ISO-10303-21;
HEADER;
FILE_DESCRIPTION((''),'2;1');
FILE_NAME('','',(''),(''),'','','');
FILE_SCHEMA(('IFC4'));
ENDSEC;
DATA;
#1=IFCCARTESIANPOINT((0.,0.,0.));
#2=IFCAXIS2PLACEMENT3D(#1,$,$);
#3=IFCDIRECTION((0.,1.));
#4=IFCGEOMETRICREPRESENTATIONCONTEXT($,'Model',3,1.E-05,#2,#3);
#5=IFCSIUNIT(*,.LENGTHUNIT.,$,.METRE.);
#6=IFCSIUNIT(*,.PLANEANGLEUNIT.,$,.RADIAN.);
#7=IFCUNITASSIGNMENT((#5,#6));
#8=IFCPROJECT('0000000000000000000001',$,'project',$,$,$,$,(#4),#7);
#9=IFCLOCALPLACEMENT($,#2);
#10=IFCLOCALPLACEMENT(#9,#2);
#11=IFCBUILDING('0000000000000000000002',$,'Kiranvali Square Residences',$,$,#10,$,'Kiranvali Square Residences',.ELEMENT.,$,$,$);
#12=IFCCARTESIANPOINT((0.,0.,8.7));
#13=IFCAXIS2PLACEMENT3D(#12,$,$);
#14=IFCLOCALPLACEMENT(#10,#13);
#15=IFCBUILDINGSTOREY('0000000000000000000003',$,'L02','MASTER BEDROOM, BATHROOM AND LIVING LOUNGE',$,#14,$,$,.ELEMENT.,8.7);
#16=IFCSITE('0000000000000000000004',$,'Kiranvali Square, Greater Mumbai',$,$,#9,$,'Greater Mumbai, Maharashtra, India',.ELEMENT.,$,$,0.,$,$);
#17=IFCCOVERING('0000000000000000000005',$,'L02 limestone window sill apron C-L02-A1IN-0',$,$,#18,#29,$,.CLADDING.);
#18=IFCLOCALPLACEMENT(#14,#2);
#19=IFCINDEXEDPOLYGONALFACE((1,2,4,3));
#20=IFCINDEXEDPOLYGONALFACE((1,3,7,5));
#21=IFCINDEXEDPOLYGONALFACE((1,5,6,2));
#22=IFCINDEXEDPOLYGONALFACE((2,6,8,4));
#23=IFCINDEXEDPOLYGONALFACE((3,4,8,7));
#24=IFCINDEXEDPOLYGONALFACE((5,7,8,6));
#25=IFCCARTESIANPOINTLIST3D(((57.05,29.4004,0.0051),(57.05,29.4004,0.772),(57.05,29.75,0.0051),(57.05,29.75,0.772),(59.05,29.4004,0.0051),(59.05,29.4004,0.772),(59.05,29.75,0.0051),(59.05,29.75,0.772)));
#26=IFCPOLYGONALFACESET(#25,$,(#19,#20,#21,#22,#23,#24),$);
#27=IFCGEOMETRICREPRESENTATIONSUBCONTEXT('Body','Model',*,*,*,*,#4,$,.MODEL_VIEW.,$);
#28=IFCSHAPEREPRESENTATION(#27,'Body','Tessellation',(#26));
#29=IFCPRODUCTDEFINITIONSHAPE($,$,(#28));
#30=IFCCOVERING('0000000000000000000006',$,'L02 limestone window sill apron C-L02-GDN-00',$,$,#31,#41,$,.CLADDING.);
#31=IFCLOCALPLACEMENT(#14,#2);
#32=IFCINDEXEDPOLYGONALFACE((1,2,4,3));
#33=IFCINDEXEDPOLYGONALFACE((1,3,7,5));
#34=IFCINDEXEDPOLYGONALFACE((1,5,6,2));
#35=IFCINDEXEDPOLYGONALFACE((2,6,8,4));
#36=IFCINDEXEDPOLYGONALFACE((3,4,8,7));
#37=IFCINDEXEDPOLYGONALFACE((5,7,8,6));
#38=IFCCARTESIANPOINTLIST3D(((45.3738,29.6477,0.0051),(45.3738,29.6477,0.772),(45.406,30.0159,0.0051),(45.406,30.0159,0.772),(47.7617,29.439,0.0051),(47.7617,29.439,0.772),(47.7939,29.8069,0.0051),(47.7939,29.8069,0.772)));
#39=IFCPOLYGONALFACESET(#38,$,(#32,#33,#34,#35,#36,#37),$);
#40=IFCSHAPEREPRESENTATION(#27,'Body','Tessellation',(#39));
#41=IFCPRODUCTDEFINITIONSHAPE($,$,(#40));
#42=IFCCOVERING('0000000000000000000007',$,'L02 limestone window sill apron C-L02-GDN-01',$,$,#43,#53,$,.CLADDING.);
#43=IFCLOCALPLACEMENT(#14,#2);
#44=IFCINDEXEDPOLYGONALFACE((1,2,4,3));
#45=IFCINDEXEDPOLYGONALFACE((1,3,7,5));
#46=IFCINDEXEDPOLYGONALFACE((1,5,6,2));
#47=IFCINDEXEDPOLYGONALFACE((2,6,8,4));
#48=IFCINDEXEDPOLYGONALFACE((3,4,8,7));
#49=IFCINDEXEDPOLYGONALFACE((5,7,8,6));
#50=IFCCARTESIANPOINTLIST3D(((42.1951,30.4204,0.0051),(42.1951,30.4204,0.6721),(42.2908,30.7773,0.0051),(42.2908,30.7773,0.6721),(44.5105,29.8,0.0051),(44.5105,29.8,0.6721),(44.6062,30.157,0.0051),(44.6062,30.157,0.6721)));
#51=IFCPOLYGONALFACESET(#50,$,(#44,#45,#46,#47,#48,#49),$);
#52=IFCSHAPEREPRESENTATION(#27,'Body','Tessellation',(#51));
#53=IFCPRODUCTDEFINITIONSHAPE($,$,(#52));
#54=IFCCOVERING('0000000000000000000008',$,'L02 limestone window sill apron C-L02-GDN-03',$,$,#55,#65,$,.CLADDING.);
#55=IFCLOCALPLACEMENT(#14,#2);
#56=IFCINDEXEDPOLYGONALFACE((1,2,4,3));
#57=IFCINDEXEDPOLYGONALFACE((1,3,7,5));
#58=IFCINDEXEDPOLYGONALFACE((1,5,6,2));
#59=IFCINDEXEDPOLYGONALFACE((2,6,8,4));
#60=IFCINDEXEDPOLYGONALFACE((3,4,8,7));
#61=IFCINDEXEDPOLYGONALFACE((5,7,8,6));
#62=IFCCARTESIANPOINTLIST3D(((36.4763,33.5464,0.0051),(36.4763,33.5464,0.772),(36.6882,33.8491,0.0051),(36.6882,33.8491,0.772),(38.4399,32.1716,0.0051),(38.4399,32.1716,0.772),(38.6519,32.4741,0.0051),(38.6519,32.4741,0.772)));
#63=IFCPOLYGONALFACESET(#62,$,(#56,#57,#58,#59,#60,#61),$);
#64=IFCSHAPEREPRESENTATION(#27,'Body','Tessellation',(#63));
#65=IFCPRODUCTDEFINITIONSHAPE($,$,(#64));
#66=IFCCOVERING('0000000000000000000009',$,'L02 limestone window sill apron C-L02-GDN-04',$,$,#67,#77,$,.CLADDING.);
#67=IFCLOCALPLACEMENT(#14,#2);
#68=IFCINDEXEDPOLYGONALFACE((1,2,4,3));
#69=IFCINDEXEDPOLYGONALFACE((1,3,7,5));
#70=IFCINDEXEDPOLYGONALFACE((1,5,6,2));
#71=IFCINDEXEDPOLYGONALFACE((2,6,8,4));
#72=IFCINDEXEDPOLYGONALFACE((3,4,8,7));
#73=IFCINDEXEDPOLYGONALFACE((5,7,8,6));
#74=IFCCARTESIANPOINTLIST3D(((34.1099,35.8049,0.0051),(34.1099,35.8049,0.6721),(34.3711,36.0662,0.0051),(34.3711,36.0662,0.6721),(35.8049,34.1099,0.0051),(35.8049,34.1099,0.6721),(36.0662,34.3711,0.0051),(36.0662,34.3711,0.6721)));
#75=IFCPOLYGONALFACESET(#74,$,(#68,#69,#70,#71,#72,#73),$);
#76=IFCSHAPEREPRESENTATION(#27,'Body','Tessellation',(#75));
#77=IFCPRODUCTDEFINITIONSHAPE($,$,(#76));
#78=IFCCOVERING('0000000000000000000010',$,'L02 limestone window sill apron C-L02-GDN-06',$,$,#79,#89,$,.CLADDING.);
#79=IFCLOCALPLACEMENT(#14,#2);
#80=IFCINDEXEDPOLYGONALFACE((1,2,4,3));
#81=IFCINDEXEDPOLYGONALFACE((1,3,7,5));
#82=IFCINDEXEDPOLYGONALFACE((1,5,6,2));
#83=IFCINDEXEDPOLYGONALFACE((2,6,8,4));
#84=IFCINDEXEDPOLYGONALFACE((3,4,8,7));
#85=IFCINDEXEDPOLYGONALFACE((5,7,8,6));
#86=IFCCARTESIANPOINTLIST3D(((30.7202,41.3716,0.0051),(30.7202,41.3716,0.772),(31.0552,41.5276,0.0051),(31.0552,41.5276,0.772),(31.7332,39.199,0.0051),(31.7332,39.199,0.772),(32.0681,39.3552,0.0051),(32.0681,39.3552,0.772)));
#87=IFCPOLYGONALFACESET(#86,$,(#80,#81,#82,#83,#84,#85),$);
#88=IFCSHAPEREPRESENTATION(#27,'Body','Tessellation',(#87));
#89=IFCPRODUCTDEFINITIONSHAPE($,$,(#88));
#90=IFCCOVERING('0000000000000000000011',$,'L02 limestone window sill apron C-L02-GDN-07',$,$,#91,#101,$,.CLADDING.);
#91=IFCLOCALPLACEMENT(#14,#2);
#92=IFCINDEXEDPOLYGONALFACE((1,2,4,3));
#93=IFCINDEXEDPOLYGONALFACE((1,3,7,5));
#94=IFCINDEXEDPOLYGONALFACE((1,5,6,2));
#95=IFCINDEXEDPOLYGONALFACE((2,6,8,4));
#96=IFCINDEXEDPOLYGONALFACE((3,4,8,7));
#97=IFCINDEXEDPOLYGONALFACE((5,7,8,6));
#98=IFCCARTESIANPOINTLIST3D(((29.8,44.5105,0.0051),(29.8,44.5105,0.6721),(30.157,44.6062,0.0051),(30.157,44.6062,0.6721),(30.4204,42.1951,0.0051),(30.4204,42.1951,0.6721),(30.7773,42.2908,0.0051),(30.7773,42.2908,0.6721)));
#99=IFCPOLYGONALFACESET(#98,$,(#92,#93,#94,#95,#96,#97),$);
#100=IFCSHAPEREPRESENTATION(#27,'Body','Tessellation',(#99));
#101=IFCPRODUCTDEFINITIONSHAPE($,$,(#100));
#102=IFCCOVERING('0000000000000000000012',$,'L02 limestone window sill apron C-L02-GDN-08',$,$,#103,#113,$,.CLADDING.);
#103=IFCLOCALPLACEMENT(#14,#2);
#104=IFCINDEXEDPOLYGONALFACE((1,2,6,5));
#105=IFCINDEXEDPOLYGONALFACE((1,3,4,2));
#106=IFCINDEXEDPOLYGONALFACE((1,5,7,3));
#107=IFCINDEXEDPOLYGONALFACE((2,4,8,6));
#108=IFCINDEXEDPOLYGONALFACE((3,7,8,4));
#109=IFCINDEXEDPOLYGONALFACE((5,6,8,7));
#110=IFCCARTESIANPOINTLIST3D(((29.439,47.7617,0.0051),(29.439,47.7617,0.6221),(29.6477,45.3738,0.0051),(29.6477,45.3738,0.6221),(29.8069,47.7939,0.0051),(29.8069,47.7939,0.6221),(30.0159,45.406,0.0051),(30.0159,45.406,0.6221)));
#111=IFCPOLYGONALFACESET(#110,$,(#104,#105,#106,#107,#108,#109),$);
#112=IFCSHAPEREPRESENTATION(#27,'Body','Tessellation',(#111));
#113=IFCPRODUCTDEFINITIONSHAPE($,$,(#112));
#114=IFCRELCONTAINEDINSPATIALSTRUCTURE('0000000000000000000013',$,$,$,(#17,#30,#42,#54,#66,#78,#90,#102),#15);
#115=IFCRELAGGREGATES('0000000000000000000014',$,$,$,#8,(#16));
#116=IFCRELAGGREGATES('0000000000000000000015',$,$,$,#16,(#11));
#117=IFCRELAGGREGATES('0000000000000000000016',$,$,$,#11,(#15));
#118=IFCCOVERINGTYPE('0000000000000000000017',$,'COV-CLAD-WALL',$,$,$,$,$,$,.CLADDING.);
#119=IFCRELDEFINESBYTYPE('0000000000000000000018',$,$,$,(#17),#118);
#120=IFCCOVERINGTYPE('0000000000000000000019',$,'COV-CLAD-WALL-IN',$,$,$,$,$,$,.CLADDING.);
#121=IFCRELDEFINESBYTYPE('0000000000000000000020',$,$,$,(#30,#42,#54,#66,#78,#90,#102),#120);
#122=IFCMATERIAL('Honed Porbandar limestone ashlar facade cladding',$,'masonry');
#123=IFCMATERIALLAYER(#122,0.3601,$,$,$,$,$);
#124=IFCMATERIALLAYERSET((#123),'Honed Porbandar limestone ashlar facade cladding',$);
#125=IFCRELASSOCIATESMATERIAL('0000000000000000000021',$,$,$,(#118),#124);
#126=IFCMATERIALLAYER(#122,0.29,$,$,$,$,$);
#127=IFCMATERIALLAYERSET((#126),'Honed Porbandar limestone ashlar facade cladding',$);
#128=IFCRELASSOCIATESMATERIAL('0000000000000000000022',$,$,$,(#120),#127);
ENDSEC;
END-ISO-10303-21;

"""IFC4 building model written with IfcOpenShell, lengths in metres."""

from ifc_helpers import new_model, si_unit, direction, frame, origin, place, context, subcontext, project, spatial, polyline, outline, extrude, material, layer, layer_set, type_object, element, save


model = new_model("IFC4")

# Units and contexts
model_context = context("Model", 3, precision=1e-05, world=origin(), true_north=direction((0.0, 1.0)))
body_context = subcontext(model_context, "Body", "Model", "MODEL_VIEW")
ifc_project = project(units=[si_unit("LENGTHUNIT", "METRE"), si_unit("PLANEANGLEUNIT", "RADIAN")], contexts=[model_context])

# Site, building, storey
site_placement = place(None, origin())
site = spatial("IfcSite", under=ifc_project, at=site_placement, Name="Kiranvali Square, Greater Mumbai", LongName="Greater Mumbai, Maharashtra, India", CompositionType="ELEMENT", RefElevation=0.0)
building_placement = place(site_placement, origin())
building = spatial("IfcBuilding", under=site, at=building_placement, Name="Kiranvali Square Residences", LongName="Kiranvali Square Residences", CompositionType="ELEMENT")
storey_placement = place(building_placement, frame((0.0, 0.0, 8.7)))
storey = spatial("IfcBuildingStorey", under=building, at=storey_placement, Name="L02", Description="MASTER BEDROOM, BATHROOM AND LIVING LOUNGE", CompositionType="ELEMENT", Elevation=8.7)

# Coverings
ifc_material = material(Name="Honed Porbandar limestone ashlar facade cladding", Category="masonry")
ifc_layer_1 = layer(ifc_material, 0.3601)
ifc_layer_set_1 = layer_set([ifc_layer_1], Name="Honed Porbandar limestone ashlar facade cladding")
covering_type_1 = type_object("IfcCoveringType", Name="COV-CLAD-WALL", PredefinedType="CLADDING", material=ifc_layer_set_1)
covering_1_placement = place(storey_placement, frame((0.0, 0.0, 0.0051)))
element("IfcCovering", 1, at=covering_1_placement, inside=storey, type_object=covering_type_1, Name="L02 limestone window sill apron C-L02-A1IN-0", PredefinedType="CLADDING", context=body_context, shape_type="SweptSolid", body=[
    extrude(outline(polyline([(57.05, 29.4004), (59.05, 29.4004), (59.05, 29.75), (57.05, 29.75), (57.05, 29.4004)])), origin(), (0.0, 0.0, 1.0), 0.7668),
])
ifc_layer_2 = layer(ifc_material, 0.29)
ifc_layer_set_2 = layer_set([ifc_layer_2], Name="Honed Porbandar limestone ashlar facade cladding")
covering_type_2 = type_object("IfcCoveringType", Name="COV-CLAD-WALL-IN", PredefinedType="CLADDING", material=ifc_layer_set_2)
covering_2_placement = place(storey_placement, frame((0.0, 0.0, 0.0051)))
element("IfcCovering", 2, at=covering_2_placement, inside=storey, type_object=covering_type_2, Name="L02 limestone window sill apron C-L02-GDN-00", PredefinedType="CLADDING", context=body_context, shape_type="SweptSolid", body=[
    extrude(outline(polyline([(47.7939, 29.8069), (45.406, 30.0159), (45.3738, 29.6477), (47.7617, 29.439), (47.7939, 29.8069)])), origin(), (0.0, 0.0, 1.0), 0.7668),
])
covering_3_placement = place(storey_placement, frame((0.0, 0.0, 0.0051)))
element("IfcCovering", 3, at=covering_3_placement, inside=storey, type_object=covering_type_2, Name="L02 limestone window sill apron C-L02-GDN-01", PredefinedType="CLADDING", context=body_context, shape_type="SweptSolid", body=[
    extrude(outline(polyline([(44.6062, 30.157), (42.2908, 30.7773), (42.1951, 30.4204), (44.5105, 29.8), (44.6062, 30.157)])), origin(), (0.0, 0.0, 1.0), 0.667),
])
covering_4_placement = place(storey_placement, frame((0.0, 0.0, 0.0051)))
element("IfcCovering", 4, at=covering_4_placement, inside=storey, type_object=covering_type_2, Name="L02 limestone window sill apron C-L02-GDN-03", PredefinedType="CLADDING", context=body_context, shape_type="SweptSolid", body=[
    extrude(outline(polyline([(38.6519, 32.4741), (36.6882, 33.8491), (36.4763, 33.5464), (38.4399, 32.1716), (38.6519, 32.4741)])), origin(), (0.0, 0.0, 1.0), 0.7668),
])
covering_5_placement = place(storey_placement, frame((0.0, 0.0, 0.0051)))
element("IfcCovering", 5, at=covering_5_placement, inside=storey, type_object=covering_type_2, Name="L02 limestone window sill apron C-L02-GDN-04", PredefinedType="CLADDING", context=body_context, shape_type="SweptSolid", body=[
    extrude(outline(polyline([(36.0662, 34.3711), (34.3711, 36.0662), (34.1099, 35.8049), (35.8049, 34.1099), (36.0662, 34.3711)])), origin(), (0.0, 0.0, 1.0), 0.667),
])
covering_6_placement = place(storey_placement, frame((0.0, 0.0, 0.0051)))
element("IfcCovering", 6, at=covering_6_placement, inside=storey, type_object=covering_type_2, Name="L02 limestone window sill apron C-L02-GDN-06", PredefinedType="CLADDING", context=body_context, shape_type="SweptSolid", body=[
    extrude(outline(polyline([(32.0681, 39.3552), (31.0552, 41.5276), (30.7202, 41.3716), (31.7332, 39.199), (32.0681, 39.3552)])), origin(), (0.0, 0.0, 1.0), 0.7668),
])
covering_7_placement = place(storey_placement, frame((0.0, 0.0, 0.0051)))
element("IfcCovering", 7, at=covering_7_placement, inside=storey, type_object=covering_type_2, Name="L02 limestone window sill apron C-L02-GDN-07", PredefinedType="CLADDING", context=body_context, shape_type="SweptSolid", body=[
    extrude(outline(polyline([(30.7773, 42.2908), (30.157, 44.6062), (29.8, 44.5105), (30.4204, 42.1951), (30.7773, 42.2908)])), origin(), (0.0, 0.0, 1.0), 0.667),
])
covering_8_placement = place(storey_placement, frame((0.0, 0.0, 0.0051)))
element("IfcCovering", 8, at=covering_8_placement, inside=storey, type_object=covering_type_2, Name="L02 limestone window sill apron C-L02-GDN-08", PredefinedType="CLADDING", context=body_context, shape_type="SweptSolid", body=[
    extrude(outline(polyline([(30.0159, 45.406), (29.8069, 47.7939), (29.439, 47.7617), (29.6477, 45.3738), (30.0159, 45.406)])), origin(), (0.0, 0.0, 1.0), 0.6169),
])

save(model, "model.ifc")
